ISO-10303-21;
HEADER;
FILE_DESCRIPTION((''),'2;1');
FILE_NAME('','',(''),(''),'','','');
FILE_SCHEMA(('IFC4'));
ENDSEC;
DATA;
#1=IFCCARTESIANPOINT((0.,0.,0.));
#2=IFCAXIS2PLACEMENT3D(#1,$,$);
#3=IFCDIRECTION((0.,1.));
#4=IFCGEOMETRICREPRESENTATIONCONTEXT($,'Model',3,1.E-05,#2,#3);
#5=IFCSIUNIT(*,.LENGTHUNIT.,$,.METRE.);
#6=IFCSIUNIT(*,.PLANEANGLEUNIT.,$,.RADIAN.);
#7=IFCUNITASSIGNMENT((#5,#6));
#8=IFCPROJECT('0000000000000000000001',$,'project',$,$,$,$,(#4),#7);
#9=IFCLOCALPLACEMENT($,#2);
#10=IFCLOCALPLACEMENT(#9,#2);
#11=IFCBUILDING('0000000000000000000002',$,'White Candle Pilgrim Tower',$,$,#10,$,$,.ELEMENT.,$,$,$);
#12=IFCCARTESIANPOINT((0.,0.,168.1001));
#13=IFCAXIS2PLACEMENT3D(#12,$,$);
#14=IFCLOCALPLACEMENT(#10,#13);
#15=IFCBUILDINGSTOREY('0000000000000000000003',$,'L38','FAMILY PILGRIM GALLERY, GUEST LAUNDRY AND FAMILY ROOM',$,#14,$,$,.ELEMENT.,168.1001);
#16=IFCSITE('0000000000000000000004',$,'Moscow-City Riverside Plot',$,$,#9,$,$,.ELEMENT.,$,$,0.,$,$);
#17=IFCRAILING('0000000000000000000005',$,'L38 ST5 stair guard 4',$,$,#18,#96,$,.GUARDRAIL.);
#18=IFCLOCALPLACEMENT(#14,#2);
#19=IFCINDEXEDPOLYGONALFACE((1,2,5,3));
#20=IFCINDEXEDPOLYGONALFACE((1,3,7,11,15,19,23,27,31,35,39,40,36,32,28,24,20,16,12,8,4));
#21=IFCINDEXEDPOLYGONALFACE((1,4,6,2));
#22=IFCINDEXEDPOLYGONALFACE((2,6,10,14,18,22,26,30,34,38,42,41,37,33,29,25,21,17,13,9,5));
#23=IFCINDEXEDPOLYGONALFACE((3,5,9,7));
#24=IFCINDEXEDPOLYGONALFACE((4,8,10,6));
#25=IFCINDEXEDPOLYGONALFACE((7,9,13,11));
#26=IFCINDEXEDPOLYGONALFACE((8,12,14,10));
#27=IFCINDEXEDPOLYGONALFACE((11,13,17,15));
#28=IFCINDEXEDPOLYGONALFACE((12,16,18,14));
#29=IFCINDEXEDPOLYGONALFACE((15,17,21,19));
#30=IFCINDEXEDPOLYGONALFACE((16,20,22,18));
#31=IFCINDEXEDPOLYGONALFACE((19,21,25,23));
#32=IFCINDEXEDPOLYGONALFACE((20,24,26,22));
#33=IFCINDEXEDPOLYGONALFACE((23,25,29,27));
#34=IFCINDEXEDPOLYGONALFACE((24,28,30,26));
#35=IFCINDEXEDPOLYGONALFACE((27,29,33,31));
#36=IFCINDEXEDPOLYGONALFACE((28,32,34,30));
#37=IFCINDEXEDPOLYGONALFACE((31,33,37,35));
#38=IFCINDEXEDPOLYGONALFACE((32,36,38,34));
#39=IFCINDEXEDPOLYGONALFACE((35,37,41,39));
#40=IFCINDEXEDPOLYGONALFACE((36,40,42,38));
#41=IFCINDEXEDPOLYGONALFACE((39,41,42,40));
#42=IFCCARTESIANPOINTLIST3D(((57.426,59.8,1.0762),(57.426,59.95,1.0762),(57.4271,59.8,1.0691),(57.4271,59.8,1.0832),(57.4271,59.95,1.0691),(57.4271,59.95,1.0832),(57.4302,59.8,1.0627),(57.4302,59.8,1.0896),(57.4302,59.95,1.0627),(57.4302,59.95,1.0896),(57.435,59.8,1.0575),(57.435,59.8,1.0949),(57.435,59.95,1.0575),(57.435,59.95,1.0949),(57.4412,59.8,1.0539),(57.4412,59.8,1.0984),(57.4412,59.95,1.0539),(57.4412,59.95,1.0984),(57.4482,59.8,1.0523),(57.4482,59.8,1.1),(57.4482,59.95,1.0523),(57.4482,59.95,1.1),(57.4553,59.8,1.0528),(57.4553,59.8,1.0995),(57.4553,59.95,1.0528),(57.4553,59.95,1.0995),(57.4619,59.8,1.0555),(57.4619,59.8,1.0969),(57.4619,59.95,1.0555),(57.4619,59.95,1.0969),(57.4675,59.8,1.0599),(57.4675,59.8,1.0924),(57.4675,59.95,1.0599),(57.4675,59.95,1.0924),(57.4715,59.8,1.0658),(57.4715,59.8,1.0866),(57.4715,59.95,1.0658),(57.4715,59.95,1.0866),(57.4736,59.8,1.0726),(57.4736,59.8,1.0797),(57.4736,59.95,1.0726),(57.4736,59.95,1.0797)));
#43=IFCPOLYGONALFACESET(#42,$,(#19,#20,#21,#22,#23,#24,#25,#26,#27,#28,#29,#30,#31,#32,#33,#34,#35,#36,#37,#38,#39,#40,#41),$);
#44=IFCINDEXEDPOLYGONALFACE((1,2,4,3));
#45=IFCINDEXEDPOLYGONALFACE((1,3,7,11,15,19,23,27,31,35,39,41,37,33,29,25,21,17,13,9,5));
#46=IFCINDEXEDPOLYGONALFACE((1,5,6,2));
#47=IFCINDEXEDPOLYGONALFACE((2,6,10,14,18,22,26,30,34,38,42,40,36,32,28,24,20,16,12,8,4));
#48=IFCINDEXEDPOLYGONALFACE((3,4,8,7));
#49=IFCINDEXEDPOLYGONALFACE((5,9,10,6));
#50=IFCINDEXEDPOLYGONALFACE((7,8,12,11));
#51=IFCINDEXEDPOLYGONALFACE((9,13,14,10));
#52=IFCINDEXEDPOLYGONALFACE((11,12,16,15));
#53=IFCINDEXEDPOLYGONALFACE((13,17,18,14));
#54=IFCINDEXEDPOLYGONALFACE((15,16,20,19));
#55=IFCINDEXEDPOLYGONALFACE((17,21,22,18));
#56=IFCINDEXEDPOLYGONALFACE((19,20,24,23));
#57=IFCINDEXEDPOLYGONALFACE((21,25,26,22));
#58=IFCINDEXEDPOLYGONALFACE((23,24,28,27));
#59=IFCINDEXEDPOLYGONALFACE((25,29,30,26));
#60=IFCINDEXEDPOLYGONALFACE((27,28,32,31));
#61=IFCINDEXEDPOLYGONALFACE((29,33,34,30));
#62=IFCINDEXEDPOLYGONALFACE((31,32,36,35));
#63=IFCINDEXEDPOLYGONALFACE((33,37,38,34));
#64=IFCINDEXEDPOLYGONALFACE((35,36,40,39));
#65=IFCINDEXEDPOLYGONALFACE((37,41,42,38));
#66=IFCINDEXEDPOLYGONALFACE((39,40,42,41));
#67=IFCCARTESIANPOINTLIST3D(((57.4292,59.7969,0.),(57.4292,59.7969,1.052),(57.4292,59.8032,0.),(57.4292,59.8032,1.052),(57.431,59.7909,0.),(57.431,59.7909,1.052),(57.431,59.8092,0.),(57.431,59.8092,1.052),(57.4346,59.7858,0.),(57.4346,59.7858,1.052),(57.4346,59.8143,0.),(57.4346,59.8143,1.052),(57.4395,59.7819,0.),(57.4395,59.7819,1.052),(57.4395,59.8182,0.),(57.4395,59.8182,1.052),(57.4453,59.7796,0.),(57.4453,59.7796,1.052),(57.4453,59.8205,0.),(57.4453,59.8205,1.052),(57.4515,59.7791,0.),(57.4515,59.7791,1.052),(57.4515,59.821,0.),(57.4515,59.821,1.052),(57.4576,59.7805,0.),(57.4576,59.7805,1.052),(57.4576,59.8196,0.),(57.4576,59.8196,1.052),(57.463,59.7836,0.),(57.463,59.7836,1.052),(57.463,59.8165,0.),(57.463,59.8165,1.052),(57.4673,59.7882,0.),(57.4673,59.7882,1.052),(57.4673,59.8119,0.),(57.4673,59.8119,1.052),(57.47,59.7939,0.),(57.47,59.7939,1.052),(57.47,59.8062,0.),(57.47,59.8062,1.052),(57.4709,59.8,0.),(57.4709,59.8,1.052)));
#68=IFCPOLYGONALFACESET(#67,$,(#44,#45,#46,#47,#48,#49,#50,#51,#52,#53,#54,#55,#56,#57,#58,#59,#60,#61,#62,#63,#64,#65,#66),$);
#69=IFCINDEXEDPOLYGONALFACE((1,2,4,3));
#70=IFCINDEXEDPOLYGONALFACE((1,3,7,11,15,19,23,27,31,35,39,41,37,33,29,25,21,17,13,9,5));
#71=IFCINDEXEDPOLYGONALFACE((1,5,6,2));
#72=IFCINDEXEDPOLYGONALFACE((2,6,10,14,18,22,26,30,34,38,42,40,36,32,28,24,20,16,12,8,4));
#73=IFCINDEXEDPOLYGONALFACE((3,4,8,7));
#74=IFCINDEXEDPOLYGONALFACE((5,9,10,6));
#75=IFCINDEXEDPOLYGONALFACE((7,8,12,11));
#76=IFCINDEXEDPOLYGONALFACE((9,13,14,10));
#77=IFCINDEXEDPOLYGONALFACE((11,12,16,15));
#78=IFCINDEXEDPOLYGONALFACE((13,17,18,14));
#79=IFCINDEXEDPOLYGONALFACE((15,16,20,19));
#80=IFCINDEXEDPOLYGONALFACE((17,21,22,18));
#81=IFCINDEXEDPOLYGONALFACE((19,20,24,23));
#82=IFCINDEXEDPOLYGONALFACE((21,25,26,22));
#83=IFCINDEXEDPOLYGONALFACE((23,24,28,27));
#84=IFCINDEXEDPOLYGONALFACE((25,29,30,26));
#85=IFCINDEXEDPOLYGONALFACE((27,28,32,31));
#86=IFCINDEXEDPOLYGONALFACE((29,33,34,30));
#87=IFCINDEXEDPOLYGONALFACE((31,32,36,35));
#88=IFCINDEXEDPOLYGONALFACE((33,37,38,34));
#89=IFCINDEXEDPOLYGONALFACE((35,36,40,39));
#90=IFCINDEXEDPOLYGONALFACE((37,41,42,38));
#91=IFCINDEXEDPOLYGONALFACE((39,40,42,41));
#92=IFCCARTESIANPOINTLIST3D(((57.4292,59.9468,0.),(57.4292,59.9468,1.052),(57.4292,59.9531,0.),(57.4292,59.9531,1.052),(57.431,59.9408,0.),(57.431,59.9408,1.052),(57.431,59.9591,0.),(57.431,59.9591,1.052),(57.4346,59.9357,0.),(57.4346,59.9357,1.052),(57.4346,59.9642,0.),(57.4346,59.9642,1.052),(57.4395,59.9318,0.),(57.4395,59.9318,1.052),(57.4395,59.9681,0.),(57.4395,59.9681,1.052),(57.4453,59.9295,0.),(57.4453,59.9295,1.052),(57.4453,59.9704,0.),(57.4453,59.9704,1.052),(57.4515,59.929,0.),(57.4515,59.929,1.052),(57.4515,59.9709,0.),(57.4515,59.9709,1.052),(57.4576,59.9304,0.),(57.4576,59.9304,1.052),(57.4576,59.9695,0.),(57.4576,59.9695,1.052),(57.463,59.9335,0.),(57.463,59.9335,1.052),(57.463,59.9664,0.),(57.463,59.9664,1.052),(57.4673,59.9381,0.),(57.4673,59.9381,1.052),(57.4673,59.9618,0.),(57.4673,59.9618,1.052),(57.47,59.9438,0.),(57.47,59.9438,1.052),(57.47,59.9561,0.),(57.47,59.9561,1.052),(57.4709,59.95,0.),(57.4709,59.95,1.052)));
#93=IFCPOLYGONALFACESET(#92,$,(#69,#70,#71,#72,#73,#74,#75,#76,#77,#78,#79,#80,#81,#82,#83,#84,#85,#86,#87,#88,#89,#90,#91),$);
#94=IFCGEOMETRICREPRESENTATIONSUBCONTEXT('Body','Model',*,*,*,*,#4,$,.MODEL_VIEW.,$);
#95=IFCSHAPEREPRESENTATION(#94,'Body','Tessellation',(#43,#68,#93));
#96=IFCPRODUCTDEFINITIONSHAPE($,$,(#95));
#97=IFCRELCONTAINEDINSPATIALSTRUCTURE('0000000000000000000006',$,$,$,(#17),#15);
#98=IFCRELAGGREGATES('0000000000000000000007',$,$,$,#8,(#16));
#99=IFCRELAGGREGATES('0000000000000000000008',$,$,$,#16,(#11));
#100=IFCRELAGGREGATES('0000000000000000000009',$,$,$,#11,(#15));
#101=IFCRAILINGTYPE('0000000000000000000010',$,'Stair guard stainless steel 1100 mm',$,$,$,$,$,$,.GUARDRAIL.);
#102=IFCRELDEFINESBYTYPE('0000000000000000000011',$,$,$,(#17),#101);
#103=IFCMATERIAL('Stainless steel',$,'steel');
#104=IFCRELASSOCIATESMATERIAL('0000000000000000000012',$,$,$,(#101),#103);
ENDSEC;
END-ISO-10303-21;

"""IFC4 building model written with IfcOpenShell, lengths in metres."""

from ifc_helpers import new_model, si_unit, direction, frame, origin, origin_2d, place, context, subcontext, project, spatial, circle, extrude, material, type_object, element, save


model = new_model("IFC4")

# Units and contexts
model_context = context("Model", 3, precision=1e-05, world=origin(), true_north=direction((0.0, 1.0)))
body_context = subcontext(model_context, "Body", "Model", "MODEL_VIEW")
ifc_project = project(units=[si_unit("LENGTHUNIT", "METRE"), si_unit("PLANEANGLEUNIT", "RADIAN")], contexts=[model_context])

# Site, building, storey
site_placement = place(None, origin())
site = spatial("IfcSite", under=ifc_project, at=site_placement, Name="Moscow-City Riverside Plot", CompositionType="ELEMENT", RefElevation=0.0)
building_placement = place(site_placement, origin())
building = spatial("IfcBuilding", under=site, at=building_placement, Name="White Candle Pilgrim Tower", CompositionType="ELEMENT")
storey_placement = place(building_placement, frame((0.0, 0.0, 168.1001)))
storey = spatial("IfcBuildingStorey", under=building, at=storey_placement, Name="L38", Description="FAMILY PILGRIM GALLERY, GUEST LAUNDRY AND FAMILY ROOM", CompositionType="ELEMENT", Elevation=168.1001)

# Railing
ifc_material_1 = material(Name="Stainless steel", Category="steel")
railing_type_1 = type_object("IfcRailingType", Name="Stair guard stainless steel 1100 mm", PredefinedType="GUARDRAIL", material=ifc_material_1)
railing_1_placement = place(storey_placement, frame((57.45, 59.8, 0.0)))
element("IfcRailing", 1, at=railing_1_placement, inside=storey, type_object=railing_type_1, Name="L38 ST5 stair guard 4", PredefinedType="GUARDRAIL", context=body_context, shape_type="SweptSolid", body=[
    extrude(circle(Radius=0.0239, at=origin_2d()), frame((0.0, 0.0, 1.0762), z_axis=(0.0, 1.0, 0.0), x_axis=(-1.0, 0.0, 0.0)), (0.0, 0.0, 1.0), 0.1499),
    extrude(circle(Radius=0.021, at=origin_2d()), origin(), (0.0, 0.0, 1.0), 1.052),
    extrude(circle(Radius=0.021, at=origin_2d()), frame((0.0, 0.1499, 0.0)), (0.0, 0.0, 1.0), 1.052),
])

save(model, "model.ifc")
